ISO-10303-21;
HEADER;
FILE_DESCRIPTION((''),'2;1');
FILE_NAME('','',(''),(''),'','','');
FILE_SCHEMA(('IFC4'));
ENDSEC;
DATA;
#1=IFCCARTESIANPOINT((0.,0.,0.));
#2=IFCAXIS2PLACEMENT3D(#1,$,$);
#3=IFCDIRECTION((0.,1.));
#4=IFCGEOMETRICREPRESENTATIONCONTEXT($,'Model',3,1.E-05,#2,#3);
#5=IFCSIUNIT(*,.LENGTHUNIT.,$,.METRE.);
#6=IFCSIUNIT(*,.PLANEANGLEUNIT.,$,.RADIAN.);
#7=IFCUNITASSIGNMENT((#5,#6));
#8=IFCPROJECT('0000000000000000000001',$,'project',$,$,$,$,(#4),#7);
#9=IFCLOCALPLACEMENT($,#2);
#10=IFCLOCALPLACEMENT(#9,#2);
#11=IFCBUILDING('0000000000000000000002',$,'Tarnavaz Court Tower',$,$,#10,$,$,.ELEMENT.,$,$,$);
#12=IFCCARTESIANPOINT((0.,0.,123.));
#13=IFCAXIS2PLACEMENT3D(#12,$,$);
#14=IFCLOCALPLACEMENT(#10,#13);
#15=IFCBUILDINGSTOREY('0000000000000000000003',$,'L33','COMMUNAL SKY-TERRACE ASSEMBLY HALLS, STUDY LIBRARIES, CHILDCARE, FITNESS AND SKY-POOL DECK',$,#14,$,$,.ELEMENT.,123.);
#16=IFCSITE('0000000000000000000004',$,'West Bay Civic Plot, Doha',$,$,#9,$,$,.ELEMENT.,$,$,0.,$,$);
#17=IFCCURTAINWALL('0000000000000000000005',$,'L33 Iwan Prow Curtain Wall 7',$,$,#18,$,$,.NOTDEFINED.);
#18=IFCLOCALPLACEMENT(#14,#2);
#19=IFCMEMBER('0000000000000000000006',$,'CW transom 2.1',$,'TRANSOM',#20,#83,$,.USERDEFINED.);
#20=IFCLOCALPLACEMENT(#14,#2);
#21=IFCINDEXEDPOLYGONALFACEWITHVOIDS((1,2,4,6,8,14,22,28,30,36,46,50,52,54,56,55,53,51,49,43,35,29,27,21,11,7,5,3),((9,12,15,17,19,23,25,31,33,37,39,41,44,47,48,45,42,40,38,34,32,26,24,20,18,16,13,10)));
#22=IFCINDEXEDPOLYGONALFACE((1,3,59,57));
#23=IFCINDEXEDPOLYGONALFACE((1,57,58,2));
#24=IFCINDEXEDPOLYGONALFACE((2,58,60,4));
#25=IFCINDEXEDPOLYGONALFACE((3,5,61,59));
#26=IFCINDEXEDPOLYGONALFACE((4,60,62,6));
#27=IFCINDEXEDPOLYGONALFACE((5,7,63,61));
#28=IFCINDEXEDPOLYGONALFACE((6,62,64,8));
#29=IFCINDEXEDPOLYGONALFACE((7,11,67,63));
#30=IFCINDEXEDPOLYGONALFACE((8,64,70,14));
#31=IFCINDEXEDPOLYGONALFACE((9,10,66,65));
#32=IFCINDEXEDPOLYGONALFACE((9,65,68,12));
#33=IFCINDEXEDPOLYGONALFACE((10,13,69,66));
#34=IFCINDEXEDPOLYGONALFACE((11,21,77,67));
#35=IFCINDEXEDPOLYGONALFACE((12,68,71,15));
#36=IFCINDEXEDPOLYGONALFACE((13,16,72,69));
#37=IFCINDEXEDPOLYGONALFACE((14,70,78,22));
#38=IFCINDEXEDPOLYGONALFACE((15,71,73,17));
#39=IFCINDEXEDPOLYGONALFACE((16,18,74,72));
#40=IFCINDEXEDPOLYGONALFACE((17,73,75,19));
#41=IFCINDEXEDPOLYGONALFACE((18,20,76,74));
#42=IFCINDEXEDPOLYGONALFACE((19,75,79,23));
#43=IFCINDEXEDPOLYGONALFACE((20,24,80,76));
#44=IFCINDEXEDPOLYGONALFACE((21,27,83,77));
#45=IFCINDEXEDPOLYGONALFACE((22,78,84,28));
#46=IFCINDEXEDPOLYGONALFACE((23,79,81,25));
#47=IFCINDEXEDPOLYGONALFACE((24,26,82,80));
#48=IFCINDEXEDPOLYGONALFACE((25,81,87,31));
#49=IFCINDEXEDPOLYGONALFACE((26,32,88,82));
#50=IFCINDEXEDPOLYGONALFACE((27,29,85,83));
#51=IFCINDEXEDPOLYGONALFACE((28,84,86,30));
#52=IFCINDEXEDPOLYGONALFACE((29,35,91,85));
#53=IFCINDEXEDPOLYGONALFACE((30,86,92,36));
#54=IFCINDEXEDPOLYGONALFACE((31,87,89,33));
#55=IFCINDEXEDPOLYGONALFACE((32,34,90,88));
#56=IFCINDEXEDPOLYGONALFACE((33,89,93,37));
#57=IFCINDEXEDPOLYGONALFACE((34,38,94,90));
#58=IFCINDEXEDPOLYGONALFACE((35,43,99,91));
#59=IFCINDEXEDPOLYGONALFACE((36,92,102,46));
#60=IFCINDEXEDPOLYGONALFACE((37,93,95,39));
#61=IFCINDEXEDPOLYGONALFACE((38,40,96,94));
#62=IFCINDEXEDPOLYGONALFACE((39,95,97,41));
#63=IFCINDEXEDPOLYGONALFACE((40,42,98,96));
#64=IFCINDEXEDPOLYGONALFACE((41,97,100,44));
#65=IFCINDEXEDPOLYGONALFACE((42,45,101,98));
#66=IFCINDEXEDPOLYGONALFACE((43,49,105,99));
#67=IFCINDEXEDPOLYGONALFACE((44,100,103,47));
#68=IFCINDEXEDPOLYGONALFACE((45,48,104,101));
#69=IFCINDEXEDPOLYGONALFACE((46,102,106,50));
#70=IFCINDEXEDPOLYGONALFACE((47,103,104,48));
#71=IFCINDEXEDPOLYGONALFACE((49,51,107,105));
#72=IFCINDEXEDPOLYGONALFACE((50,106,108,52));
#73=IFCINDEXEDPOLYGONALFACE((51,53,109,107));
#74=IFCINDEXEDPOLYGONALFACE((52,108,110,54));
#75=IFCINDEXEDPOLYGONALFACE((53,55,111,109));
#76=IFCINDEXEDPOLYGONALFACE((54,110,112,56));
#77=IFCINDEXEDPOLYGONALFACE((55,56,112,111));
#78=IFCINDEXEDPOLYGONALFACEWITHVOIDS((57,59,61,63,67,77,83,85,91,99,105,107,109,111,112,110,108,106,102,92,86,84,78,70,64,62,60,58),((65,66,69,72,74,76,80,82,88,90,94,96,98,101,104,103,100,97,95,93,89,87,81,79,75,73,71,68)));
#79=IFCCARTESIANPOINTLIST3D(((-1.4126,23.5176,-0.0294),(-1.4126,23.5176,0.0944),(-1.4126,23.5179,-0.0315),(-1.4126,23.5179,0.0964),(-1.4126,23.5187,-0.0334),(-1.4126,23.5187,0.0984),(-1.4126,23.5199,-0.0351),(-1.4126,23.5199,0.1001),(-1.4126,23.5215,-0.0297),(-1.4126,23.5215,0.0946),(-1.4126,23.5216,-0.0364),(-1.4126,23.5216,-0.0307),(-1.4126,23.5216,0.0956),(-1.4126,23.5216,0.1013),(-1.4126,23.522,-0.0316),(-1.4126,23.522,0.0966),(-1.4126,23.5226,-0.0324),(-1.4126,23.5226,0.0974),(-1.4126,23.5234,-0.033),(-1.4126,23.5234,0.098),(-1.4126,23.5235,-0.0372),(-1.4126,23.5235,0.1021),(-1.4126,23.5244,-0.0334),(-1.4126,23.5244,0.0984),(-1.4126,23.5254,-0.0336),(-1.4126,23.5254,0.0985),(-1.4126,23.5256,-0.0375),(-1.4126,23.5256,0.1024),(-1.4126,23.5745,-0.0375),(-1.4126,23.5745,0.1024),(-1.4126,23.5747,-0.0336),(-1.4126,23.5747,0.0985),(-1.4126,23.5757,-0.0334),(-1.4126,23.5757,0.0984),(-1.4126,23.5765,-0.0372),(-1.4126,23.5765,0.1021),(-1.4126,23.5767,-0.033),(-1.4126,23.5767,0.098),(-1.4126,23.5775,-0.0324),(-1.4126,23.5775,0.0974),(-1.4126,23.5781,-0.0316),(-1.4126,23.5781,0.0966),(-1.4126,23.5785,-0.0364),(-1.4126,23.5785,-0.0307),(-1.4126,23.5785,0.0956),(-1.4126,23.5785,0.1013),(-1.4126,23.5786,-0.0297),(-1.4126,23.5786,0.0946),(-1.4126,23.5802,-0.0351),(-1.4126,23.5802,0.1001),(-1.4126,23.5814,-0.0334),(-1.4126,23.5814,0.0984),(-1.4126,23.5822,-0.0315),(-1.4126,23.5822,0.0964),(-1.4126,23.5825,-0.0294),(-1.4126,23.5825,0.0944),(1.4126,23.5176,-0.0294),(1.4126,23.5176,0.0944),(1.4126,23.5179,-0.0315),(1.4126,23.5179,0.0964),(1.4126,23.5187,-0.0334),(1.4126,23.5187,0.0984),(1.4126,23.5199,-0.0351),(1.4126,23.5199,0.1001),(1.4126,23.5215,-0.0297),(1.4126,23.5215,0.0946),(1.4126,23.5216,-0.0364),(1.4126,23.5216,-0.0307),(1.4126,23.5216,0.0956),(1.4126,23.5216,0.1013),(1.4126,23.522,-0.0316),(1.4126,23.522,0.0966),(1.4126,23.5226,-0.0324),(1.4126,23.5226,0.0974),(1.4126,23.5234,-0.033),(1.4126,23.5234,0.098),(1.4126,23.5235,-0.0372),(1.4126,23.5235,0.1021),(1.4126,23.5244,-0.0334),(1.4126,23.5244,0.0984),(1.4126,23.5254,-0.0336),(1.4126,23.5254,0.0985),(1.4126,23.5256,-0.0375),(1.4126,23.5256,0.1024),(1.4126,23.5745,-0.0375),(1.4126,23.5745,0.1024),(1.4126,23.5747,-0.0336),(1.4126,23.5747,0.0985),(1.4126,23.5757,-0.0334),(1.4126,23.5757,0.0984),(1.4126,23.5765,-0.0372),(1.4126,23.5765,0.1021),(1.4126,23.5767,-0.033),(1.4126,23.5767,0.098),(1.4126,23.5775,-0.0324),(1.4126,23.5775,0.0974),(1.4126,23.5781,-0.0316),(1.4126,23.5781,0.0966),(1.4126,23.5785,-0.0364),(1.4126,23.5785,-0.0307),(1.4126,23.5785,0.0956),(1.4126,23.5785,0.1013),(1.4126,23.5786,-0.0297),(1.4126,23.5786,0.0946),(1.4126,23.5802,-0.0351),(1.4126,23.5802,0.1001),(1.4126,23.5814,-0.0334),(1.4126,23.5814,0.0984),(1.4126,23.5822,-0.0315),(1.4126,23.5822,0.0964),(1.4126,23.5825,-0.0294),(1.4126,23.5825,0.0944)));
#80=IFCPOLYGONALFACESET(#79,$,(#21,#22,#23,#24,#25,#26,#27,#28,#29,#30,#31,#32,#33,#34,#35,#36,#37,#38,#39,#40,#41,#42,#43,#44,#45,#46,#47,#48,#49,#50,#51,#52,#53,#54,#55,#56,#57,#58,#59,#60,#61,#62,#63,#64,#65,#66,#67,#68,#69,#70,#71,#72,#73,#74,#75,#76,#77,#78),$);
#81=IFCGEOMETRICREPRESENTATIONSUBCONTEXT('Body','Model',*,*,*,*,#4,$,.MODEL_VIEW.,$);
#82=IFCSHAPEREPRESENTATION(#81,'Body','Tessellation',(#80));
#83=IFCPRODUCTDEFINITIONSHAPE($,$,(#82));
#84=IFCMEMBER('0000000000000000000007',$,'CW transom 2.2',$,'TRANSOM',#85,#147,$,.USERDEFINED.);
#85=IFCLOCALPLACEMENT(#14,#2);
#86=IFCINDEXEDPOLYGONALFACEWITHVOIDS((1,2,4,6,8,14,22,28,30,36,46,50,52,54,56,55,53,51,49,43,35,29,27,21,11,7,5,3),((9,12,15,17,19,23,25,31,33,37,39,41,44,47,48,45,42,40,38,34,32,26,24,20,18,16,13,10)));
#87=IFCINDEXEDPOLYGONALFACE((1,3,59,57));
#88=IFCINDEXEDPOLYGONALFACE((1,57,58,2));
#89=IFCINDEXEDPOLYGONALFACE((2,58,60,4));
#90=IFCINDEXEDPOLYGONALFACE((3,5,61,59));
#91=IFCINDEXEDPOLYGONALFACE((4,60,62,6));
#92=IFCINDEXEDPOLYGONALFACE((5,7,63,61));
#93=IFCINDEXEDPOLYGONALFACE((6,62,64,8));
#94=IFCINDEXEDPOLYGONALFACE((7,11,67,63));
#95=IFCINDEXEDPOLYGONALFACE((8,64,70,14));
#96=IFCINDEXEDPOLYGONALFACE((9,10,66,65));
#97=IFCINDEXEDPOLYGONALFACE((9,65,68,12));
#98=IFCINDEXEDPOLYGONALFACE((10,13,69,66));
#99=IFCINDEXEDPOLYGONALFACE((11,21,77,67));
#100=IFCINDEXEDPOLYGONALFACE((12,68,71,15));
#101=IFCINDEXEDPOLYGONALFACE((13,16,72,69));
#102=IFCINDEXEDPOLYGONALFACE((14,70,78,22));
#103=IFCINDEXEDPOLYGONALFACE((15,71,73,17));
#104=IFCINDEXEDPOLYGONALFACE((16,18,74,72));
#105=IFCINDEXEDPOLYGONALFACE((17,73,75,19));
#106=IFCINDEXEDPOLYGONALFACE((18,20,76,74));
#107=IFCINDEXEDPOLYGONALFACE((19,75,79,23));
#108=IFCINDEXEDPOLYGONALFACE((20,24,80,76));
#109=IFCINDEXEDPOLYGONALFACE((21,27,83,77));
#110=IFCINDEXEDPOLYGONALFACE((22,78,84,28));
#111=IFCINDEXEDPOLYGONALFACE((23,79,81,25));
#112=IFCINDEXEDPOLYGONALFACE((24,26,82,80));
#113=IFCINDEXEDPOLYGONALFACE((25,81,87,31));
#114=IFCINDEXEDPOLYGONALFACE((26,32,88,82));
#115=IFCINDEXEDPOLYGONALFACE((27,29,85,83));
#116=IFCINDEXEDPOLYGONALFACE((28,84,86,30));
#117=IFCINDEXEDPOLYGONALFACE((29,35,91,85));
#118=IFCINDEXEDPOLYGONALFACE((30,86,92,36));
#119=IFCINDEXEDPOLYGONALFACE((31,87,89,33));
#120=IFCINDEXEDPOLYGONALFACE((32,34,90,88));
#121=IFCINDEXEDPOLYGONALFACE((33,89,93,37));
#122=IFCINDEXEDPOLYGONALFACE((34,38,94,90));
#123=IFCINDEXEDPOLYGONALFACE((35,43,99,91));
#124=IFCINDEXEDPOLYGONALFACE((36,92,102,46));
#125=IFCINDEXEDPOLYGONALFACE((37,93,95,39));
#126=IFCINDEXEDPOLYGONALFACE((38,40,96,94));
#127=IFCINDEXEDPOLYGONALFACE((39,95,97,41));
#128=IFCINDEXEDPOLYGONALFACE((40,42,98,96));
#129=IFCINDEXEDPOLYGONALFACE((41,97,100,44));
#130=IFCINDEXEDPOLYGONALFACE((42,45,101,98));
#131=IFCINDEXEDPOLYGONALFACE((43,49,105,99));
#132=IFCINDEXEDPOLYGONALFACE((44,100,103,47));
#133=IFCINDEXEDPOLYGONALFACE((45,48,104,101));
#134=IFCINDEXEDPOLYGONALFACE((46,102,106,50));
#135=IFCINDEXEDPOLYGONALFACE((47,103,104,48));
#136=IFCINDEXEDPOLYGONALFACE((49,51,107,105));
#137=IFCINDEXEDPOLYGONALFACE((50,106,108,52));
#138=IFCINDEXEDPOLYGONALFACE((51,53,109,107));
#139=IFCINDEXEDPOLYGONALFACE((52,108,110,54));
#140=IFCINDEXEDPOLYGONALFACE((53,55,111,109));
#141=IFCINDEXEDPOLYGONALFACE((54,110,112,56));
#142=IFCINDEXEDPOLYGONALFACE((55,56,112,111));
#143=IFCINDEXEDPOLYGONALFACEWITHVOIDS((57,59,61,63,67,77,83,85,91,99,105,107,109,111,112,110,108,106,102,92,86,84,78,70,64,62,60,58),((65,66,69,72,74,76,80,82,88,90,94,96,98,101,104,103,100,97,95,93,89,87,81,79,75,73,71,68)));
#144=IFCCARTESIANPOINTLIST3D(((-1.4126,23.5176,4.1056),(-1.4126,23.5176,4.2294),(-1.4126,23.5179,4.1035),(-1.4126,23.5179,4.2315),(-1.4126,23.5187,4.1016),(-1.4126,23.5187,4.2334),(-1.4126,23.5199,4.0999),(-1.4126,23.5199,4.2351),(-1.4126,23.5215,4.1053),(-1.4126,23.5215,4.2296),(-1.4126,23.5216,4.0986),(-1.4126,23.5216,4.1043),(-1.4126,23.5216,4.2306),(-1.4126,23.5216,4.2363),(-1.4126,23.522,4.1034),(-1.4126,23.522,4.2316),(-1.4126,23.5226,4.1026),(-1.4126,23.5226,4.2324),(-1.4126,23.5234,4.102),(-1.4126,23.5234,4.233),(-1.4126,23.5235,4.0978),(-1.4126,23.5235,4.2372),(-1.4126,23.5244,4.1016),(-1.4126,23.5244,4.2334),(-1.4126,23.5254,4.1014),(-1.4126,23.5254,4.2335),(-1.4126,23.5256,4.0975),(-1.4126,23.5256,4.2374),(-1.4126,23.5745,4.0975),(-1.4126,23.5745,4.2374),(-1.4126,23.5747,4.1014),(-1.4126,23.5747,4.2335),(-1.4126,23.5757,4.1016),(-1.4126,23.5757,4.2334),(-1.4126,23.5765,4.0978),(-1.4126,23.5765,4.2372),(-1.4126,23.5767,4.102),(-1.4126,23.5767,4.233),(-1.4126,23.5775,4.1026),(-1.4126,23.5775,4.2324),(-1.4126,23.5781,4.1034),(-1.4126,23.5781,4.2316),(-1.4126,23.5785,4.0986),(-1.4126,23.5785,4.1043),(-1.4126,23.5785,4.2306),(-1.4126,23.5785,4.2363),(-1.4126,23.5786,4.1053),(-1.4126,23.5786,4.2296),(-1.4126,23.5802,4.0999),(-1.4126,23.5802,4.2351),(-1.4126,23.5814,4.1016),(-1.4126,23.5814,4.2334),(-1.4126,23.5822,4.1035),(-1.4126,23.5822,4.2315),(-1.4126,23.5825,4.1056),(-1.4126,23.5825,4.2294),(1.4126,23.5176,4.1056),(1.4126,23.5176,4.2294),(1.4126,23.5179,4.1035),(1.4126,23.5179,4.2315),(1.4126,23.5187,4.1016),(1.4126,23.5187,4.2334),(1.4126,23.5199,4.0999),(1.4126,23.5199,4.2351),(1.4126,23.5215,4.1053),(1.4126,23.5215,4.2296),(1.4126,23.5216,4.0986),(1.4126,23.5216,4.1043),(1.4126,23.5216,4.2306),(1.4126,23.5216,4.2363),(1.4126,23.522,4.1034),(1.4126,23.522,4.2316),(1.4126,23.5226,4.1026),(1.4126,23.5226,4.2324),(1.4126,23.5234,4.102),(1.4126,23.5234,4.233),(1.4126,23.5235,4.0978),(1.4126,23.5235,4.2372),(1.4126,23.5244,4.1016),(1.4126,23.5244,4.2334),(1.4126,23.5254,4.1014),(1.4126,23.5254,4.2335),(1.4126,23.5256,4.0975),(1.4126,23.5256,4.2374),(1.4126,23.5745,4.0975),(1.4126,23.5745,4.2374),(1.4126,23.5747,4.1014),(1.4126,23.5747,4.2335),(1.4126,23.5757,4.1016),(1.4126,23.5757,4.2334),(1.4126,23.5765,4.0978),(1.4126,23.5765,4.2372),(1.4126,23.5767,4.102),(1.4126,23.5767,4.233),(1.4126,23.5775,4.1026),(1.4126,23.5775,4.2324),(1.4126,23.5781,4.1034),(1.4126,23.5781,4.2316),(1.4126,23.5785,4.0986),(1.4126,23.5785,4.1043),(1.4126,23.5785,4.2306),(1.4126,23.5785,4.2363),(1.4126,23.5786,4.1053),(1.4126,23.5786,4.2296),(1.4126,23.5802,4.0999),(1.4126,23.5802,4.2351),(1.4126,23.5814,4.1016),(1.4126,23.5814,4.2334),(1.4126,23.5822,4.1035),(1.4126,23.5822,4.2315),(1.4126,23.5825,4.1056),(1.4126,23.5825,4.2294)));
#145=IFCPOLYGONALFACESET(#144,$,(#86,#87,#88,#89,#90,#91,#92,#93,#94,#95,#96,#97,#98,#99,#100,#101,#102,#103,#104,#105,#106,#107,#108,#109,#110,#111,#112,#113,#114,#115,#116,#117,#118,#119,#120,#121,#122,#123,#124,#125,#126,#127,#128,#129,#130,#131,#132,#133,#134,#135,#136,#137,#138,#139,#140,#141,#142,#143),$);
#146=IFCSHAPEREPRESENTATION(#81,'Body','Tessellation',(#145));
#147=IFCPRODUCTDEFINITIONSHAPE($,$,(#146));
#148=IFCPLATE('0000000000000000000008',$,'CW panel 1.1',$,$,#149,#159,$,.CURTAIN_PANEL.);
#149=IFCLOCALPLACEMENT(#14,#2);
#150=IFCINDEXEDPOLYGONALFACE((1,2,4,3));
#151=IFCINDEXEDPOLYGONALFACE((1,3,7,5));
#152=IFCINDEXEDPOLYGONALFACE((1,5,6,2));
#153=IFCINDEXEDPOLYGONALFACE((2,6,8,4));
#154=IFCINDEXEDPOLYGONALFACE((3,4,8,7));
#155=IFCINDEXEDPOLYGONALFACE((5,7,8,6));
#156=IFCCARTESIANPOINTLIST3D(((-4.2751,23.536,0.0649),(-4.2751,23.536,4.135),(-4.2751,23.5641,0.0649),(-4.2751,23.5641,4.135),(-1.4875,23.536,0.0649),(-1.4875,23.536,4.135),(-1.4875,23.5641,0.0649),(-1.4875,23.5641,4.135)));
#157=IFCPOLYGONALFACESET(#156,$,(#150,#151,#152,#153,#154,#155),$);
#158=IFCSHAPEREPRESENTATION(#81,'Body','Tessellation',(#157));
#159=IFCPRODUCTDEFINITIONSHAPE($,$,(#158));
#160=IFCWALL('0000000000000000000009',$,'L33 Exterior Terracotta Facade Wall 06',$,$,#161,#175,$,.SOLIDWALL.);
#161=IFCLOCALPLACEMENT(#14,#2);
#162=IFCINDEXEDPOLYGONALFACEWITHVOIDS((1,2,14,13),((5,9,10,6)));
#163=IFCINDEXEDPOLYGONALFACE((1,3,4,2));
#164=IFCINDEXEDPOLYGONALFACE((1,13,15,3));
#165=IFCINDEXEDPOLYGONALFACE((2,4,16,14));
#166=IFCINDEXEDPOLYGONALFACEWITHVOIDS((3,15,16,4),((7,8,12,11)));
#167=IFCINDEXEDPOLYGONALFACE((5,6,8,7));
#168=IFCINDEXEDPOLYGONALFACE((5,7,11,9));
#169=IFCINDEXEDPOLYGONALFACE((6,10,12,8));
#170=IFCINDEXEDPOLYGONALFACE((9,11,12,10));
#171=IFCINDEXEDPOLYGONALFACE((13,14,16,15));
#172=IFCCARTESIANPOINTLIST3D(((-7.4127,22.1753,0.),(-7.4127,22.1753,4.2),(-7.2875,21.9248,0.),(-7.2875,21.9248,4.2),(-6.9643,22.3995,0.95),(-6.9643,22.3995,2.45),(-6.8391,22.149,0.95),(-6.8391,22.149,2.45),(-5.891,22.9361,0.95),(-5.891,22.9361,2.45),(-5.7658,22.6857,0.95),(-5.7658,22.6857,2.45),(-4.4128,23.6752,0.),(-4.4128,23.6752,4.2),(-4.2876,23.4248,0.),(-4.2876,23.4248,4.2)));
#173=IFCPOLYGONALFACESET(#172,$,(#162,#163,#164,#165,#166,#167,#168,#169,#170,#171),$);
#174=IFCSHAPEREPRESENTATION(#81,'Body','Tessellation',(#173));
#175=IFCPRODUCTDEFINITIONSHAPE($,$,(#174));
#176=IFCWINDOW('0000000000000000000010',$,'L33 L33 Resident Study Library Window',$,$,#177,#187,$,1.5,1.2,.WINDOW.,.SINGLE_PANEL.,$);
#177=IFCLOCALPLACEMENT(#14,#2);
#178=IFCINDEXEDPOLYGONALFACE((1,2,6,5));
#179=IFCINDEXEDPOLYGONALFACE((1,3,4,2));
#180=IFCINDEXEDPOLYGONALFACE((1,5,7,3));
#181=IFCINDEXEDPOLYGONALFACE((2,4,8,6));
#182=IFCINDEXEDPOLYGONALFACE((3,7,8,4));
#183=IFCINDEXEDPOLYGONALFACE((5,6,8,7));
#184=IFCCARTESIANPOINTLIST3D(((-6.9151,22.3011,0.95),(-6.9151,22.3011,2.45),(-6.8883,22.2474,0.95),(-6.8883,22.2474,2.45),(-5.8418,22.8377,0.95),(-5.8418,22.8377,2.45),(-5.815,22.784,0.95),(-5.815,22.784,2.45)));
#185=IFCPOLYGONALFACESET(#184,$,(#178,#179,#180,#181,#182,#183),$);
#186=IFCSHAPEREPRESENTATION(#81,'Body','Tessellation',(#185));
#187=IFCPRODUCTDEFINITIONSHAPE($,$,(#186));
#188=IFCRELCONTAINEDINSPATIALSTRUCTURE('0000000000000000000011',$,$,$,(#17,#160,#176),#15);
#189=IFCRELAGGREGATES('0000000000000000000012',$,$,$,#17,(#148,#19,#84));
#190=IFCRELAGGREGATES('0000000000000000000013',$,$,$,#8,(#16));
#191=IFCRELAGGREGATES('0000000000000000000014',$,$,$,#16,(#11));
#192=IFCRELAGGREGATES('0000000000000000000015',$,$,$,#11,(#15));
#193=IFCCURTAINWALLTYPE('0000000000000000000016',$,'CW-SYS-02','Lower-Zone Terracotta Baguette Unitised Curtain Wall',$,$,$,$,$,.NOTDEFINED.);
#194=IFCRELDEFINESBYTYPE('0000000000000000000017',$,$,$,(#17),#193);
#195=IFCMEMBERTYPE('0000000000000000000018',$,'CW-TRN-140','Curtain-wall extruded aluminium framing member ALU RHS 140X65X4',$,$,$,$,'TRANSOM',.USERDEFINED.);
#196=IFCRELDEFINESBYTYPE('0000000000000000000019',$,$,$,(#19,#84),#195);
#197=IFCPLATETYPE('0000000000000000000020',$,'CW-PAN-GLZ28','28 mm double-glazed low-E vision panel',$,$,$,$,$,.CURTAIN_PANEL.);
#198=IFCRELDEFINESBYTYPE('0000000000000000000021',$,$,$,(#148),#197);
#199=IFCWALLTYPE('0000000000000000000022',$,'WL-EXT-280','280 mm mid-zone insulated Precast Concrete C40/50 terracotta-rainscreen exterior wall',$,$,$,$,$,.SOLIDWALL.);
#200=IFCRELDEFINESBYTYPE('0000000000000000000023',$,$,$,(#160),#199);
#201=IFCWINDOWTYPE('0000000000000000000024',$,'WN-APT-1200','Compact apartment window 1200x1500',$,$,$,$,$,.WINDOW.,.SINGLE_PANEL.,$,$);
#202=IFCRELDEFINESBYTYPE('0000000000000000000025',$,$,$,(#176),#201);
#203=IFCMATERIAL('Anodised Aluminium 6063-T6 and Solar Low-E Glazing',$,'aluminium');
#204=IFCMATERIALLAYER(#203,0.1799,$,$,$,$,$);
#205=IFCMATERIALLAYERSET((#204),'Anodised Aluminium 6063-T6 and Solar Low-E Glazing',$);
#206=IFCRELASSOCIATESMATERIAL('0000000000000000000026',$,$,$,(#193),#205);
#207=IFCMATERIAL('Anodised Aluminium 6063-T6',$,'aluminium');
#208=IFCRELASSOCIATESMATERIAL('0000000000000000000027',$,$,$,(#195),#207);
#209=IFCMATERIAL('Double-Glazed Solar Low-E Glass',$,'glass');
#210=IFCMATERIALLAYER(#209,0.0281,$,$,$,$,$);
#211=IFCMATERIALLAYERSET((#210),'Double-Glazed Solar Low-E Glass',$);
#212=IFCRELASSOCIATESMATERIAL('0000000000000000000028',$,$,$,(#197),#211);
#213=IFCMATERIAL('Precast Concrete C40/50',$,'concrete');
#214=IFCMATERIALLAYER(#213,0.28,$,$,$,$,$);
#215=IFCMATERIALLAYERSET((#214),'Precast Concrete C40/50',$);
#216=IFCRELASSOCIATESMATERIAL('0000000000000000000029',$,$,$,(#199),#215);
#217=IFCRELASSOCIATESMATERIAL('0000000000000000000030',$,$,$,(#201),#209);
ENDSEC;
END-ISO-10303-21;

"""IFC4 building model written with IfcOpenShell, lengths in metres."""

from ifc_helpers import new_model, si_unit, direction, frame, frame_2d, origin, origin_2d, place, context, subcontext, project, spatial, rectangle, hollow_rectangle, extrude, material, layer, layer_set, material_profile, profile_set, type_object, element, fill, aggregate, save


model = new_model("IFC4")

# Units and contexts
model_context = context("Model", 3, precision=1e-05, world=origin(), true_north=direction((0.0, 1.0)))
body_context = subcontext(model_context, "Body", "Model", "MODEL_VIEW")
ifc_project = project(units=[si_unit("LENGTHUNIT", "METRE"), si_unit("PLANEANGLEUNIT", "RADIAN")], contexts=[model_context])

# Site, building, storey
site_placement = place(None, origin())
site = spatial("IfcSite", under=ifc_project, at=site_placement, Name="West Bay Civic Plot, Doha", CompositionType="ELEMENT", RefElevation=0.0)
building_placement = place(site_placement, origin())
building = spatial("IfcBuilding", under=site, at=building_placement, Name="Tarnavaz Court Tower", CompositionType="ELEMENT")
storey_placement = place(building_placement, frame((0.0, 0.0, 123.0)))
storey = spatial("IfcBuildingStorey", under=building, at=storey_placement, Name="L33", Description="COMMUNAL SKY-TERRACE ASSEMBLY HALLS, STUDY LIBRARIES, CHILDCARE, FITNESS AND SKY-POOL DECK", CompositionType="ELEMENT", Elevation=123.0)

# Curtain wall, members, plate
ifc_material_1 = material(Name="Anodised Aluminium 6063-T6 and Solar Low-E Glazing", Category="aluminium")
ifc_layer_1 = layer(ifc_material_1, 0.1799)
ifc_layer_set_1 = layer_set([ifc_layer_1], Name="Anodised Aluminium 6063-T6 and Solar Low-E Glazing")
curtain_wall_type = type_object("IfcCurtainWallType", Name="CW-SYS-02", Description="Lower-Zone Terracotta Baguette Unitised Curtain Wall", PredefinedType="NOTDEFINED", material=ifc_layer_set_1)
curtain_wall_placement = place(storey_placement, origin())
curtain_wall = element("IfcCurtainWall", 1, at=curtain_wall_placement, inside=storey, type_object=curtain_wall_type, Name="L33 Iwan Prow Curtain Wall 7", PredefinedType="NOTDEFINED")
ifc_material_2 = material(Name="Anodised Aluminium 6063-T6", Category="aluminium")
ifc_material_profile_1 = material_profile(ifc_material_2, hollow_rectangle(XDim=0.0649, YDim=0.1399, WallThickness=0.0039, InnerFilletRadius=0.0039, OuterFilletRadius=0.0081, at=origin_2d()), Name="ALU RHS 140X65X4")
ifc_profile_set_1 = profile_set([ifc_material_profile_1], Name="Anodised Aluminium 6063-T6")
member_type_1 = type_object("IfcMemberType", Name="CW-TRN-140", Description="Curtain-wall extruded aluminium framing member ALU RHS 140X65X4", ElementType="TRANSOM", PredefinedType="USERDEFINED", material=ifc_profile_set_1)
member_1_placement = place(storey_placement, frame((-1.4126, 23.55, 0.0325), z_axis=(1.0, 0.0, 0.0), x_axis=(0.0, 1.0, 0.0)))
member_1 = element("IfcMember", 2, at=member_1_placement, type_object=member_type_1, Name="CW transom 2.1", ObjectType="TRANSOM", PredefinedType="USERDEFINED", context=body_context, shape_type="SweptSolid", body=[
    extrude(hollow_rectangle(XDim=0.0649, YDim=0.1399, WallThickness=0.0039, InnerFilletRadius=0.0039, OuterFilletRadius=0.0081, at=origin_2d()), origin(), (0.0, 0.0, 1.0), 2.8252),
])
member_2_placement = place(storey_placement, frame((-1.4126, 23.55, 4.1675), z_axis=(1.0, 0.0, 0.0), x_axis=(0.0, 1.0, 0.0)))
member_2 = element("IfcMember", 3, at=member_2_placement, type_object=member_type_1, Name="CW transom 2.2", ObjectType="TRANSOM", PredefinedType="USERDEFINED", context=body_context, shape_type="SweptSolid", body=[
    extrude(hollow_rectangle(XDim=0.0649, YDim=0.1399, WallThickness=0.0039, InnerFilletRadius=0.0039, OuterFilletRadius=0.0081, at=origin_2d()), origin(), (0.0, 0.0, 1.0), 2.8252),
])
ifc_material_3 = material(Name="Double-Glazed Solar Low-E Glass", Category="glass")
ifc_layer_2 = layer(ifc_material_3, 0.0281)
ifc_layer_set_2 = layer_set([ifc_layer_2], Name="Double-Glazed Solar Low-E Glass")
plate_type = type_object("IfcPlateType", Name="CW-PAN-GLZ28", Description="28 mm double-glazed low-E vision panel", PredefinedType="CURTAIN_PANEL", material=ifc_layer_set_2)
plate_placement = place(storey_placement, frame((-2.8813, 23.55, 0.0649), z_axis=(0.0, 0.0, 1.0), x_axis=(1.0, 0.0, 0.0)))
plate = element("IfcPlate", 4, at=plate_placement, type_object=plate_type, Name="CW panel 1.1", PredefinedType="CURTAIN_PANEL", context=body_context, shape_type="SweptSolid", body=[
    extrude(rectangle(XDim=2.7876, YDim=0.0281, at=origin_2d()), origin(), (0.0, 0.0, 1.0), 4.0701),
])
aggregate(curtain_wall, [plate, member_1, member_2])

# Wall, opening, window
ifc_material_4 = material(Name="Precast Concrete C40/50", Category="concrete")
ifc_layer_3 = layer(ifc_material_4, 0.28)
ifc_layer_set_3 = layer_set([ifc_layer_3], Name="Precast Concrete C40/50")
wall_type_1 = type_object("IfcWallType", Name="WL-EXT-280", Description="280 mm mid-zone insulated Precast Concrete C40/50 terracotta-rainscreen exterior wall", PredefinedType="SOLIDWALL", material=ifc_layer_set_3)
wall_1_placement = place(storey_placement, frame((-7.3501, 22.05, 0.0), z_axis=(0.0, 0.0, 1.0), x_axis=(0.894427, 0.447214, 0.0)))
wall_1 = element("IfcWall", 5, at=wall_1_placement, inside=storey, type_object=wall_type_1, Name="L33 Exterior Terracotta Facade Wall 06", PredefinedType="SOLIDWALL", context=body_context, shape_type="SweptSolid", body=[
    extrude(rectangle(XDim=3.354, YDim=0.28, at=frame_2d((1.677, 0.0))), origin(), (0.0, 0.0, 1.0), 4.2),
])
opening_placement = place(wall_1_placement, frame((0.5012, 0.0, 0.95)))
opening = element("IfcOpeningElement", 6, at=opening_placement, cuts=wall_1, PredefinedType="OPENING", context=body_context, shape_type="SweptSolid", body=[
    extrude(rectangle(XDim=1.2, YDim=1.5, at=frame_2d((0.6001, 0.75))), frame((0.0, 0.1499, 0.0), z_axis=(0.0, -1.0, 0.0), x_axis=(1.0, 0.0, 0.0)), (0.0, 0.0, 1.0), 0.3),
])
window_type = type_object("IfcWindowType", Name="WN-APT-1200", Description="Compact apartment window 1200x1500", PartitioningType="SINGLE_PANEL", PredefinedType="WINDOW", material=ifc_material_3)
window_placement = place(opening_placement, origin())
window = element("IfcWindow", 7, at=window_placement, inside=storey, type_object=window_type, Name="L33 L33 Resident Study Library Window", OverallHeight=1.5, OverallWidth=1.2, PartitioningType="SINGLE_PANEL", PredefinedType="WINDOW", context=body_context, shape_type="SweptSolid", body=[
    extrude(rectangle(XDim=1.2, YDim=1.5, at=frame_2d((0.6001, 0.75))), frame((0.0, 0.03, 0.0), z_axis=(0.0, -1.0, 0.0), x_axis=(1.0, 0.0, 0.0)), (0.0, 0.0, 1.0), 0.0601),
])
fill(opening, window)

save(model, "model.ifc")
